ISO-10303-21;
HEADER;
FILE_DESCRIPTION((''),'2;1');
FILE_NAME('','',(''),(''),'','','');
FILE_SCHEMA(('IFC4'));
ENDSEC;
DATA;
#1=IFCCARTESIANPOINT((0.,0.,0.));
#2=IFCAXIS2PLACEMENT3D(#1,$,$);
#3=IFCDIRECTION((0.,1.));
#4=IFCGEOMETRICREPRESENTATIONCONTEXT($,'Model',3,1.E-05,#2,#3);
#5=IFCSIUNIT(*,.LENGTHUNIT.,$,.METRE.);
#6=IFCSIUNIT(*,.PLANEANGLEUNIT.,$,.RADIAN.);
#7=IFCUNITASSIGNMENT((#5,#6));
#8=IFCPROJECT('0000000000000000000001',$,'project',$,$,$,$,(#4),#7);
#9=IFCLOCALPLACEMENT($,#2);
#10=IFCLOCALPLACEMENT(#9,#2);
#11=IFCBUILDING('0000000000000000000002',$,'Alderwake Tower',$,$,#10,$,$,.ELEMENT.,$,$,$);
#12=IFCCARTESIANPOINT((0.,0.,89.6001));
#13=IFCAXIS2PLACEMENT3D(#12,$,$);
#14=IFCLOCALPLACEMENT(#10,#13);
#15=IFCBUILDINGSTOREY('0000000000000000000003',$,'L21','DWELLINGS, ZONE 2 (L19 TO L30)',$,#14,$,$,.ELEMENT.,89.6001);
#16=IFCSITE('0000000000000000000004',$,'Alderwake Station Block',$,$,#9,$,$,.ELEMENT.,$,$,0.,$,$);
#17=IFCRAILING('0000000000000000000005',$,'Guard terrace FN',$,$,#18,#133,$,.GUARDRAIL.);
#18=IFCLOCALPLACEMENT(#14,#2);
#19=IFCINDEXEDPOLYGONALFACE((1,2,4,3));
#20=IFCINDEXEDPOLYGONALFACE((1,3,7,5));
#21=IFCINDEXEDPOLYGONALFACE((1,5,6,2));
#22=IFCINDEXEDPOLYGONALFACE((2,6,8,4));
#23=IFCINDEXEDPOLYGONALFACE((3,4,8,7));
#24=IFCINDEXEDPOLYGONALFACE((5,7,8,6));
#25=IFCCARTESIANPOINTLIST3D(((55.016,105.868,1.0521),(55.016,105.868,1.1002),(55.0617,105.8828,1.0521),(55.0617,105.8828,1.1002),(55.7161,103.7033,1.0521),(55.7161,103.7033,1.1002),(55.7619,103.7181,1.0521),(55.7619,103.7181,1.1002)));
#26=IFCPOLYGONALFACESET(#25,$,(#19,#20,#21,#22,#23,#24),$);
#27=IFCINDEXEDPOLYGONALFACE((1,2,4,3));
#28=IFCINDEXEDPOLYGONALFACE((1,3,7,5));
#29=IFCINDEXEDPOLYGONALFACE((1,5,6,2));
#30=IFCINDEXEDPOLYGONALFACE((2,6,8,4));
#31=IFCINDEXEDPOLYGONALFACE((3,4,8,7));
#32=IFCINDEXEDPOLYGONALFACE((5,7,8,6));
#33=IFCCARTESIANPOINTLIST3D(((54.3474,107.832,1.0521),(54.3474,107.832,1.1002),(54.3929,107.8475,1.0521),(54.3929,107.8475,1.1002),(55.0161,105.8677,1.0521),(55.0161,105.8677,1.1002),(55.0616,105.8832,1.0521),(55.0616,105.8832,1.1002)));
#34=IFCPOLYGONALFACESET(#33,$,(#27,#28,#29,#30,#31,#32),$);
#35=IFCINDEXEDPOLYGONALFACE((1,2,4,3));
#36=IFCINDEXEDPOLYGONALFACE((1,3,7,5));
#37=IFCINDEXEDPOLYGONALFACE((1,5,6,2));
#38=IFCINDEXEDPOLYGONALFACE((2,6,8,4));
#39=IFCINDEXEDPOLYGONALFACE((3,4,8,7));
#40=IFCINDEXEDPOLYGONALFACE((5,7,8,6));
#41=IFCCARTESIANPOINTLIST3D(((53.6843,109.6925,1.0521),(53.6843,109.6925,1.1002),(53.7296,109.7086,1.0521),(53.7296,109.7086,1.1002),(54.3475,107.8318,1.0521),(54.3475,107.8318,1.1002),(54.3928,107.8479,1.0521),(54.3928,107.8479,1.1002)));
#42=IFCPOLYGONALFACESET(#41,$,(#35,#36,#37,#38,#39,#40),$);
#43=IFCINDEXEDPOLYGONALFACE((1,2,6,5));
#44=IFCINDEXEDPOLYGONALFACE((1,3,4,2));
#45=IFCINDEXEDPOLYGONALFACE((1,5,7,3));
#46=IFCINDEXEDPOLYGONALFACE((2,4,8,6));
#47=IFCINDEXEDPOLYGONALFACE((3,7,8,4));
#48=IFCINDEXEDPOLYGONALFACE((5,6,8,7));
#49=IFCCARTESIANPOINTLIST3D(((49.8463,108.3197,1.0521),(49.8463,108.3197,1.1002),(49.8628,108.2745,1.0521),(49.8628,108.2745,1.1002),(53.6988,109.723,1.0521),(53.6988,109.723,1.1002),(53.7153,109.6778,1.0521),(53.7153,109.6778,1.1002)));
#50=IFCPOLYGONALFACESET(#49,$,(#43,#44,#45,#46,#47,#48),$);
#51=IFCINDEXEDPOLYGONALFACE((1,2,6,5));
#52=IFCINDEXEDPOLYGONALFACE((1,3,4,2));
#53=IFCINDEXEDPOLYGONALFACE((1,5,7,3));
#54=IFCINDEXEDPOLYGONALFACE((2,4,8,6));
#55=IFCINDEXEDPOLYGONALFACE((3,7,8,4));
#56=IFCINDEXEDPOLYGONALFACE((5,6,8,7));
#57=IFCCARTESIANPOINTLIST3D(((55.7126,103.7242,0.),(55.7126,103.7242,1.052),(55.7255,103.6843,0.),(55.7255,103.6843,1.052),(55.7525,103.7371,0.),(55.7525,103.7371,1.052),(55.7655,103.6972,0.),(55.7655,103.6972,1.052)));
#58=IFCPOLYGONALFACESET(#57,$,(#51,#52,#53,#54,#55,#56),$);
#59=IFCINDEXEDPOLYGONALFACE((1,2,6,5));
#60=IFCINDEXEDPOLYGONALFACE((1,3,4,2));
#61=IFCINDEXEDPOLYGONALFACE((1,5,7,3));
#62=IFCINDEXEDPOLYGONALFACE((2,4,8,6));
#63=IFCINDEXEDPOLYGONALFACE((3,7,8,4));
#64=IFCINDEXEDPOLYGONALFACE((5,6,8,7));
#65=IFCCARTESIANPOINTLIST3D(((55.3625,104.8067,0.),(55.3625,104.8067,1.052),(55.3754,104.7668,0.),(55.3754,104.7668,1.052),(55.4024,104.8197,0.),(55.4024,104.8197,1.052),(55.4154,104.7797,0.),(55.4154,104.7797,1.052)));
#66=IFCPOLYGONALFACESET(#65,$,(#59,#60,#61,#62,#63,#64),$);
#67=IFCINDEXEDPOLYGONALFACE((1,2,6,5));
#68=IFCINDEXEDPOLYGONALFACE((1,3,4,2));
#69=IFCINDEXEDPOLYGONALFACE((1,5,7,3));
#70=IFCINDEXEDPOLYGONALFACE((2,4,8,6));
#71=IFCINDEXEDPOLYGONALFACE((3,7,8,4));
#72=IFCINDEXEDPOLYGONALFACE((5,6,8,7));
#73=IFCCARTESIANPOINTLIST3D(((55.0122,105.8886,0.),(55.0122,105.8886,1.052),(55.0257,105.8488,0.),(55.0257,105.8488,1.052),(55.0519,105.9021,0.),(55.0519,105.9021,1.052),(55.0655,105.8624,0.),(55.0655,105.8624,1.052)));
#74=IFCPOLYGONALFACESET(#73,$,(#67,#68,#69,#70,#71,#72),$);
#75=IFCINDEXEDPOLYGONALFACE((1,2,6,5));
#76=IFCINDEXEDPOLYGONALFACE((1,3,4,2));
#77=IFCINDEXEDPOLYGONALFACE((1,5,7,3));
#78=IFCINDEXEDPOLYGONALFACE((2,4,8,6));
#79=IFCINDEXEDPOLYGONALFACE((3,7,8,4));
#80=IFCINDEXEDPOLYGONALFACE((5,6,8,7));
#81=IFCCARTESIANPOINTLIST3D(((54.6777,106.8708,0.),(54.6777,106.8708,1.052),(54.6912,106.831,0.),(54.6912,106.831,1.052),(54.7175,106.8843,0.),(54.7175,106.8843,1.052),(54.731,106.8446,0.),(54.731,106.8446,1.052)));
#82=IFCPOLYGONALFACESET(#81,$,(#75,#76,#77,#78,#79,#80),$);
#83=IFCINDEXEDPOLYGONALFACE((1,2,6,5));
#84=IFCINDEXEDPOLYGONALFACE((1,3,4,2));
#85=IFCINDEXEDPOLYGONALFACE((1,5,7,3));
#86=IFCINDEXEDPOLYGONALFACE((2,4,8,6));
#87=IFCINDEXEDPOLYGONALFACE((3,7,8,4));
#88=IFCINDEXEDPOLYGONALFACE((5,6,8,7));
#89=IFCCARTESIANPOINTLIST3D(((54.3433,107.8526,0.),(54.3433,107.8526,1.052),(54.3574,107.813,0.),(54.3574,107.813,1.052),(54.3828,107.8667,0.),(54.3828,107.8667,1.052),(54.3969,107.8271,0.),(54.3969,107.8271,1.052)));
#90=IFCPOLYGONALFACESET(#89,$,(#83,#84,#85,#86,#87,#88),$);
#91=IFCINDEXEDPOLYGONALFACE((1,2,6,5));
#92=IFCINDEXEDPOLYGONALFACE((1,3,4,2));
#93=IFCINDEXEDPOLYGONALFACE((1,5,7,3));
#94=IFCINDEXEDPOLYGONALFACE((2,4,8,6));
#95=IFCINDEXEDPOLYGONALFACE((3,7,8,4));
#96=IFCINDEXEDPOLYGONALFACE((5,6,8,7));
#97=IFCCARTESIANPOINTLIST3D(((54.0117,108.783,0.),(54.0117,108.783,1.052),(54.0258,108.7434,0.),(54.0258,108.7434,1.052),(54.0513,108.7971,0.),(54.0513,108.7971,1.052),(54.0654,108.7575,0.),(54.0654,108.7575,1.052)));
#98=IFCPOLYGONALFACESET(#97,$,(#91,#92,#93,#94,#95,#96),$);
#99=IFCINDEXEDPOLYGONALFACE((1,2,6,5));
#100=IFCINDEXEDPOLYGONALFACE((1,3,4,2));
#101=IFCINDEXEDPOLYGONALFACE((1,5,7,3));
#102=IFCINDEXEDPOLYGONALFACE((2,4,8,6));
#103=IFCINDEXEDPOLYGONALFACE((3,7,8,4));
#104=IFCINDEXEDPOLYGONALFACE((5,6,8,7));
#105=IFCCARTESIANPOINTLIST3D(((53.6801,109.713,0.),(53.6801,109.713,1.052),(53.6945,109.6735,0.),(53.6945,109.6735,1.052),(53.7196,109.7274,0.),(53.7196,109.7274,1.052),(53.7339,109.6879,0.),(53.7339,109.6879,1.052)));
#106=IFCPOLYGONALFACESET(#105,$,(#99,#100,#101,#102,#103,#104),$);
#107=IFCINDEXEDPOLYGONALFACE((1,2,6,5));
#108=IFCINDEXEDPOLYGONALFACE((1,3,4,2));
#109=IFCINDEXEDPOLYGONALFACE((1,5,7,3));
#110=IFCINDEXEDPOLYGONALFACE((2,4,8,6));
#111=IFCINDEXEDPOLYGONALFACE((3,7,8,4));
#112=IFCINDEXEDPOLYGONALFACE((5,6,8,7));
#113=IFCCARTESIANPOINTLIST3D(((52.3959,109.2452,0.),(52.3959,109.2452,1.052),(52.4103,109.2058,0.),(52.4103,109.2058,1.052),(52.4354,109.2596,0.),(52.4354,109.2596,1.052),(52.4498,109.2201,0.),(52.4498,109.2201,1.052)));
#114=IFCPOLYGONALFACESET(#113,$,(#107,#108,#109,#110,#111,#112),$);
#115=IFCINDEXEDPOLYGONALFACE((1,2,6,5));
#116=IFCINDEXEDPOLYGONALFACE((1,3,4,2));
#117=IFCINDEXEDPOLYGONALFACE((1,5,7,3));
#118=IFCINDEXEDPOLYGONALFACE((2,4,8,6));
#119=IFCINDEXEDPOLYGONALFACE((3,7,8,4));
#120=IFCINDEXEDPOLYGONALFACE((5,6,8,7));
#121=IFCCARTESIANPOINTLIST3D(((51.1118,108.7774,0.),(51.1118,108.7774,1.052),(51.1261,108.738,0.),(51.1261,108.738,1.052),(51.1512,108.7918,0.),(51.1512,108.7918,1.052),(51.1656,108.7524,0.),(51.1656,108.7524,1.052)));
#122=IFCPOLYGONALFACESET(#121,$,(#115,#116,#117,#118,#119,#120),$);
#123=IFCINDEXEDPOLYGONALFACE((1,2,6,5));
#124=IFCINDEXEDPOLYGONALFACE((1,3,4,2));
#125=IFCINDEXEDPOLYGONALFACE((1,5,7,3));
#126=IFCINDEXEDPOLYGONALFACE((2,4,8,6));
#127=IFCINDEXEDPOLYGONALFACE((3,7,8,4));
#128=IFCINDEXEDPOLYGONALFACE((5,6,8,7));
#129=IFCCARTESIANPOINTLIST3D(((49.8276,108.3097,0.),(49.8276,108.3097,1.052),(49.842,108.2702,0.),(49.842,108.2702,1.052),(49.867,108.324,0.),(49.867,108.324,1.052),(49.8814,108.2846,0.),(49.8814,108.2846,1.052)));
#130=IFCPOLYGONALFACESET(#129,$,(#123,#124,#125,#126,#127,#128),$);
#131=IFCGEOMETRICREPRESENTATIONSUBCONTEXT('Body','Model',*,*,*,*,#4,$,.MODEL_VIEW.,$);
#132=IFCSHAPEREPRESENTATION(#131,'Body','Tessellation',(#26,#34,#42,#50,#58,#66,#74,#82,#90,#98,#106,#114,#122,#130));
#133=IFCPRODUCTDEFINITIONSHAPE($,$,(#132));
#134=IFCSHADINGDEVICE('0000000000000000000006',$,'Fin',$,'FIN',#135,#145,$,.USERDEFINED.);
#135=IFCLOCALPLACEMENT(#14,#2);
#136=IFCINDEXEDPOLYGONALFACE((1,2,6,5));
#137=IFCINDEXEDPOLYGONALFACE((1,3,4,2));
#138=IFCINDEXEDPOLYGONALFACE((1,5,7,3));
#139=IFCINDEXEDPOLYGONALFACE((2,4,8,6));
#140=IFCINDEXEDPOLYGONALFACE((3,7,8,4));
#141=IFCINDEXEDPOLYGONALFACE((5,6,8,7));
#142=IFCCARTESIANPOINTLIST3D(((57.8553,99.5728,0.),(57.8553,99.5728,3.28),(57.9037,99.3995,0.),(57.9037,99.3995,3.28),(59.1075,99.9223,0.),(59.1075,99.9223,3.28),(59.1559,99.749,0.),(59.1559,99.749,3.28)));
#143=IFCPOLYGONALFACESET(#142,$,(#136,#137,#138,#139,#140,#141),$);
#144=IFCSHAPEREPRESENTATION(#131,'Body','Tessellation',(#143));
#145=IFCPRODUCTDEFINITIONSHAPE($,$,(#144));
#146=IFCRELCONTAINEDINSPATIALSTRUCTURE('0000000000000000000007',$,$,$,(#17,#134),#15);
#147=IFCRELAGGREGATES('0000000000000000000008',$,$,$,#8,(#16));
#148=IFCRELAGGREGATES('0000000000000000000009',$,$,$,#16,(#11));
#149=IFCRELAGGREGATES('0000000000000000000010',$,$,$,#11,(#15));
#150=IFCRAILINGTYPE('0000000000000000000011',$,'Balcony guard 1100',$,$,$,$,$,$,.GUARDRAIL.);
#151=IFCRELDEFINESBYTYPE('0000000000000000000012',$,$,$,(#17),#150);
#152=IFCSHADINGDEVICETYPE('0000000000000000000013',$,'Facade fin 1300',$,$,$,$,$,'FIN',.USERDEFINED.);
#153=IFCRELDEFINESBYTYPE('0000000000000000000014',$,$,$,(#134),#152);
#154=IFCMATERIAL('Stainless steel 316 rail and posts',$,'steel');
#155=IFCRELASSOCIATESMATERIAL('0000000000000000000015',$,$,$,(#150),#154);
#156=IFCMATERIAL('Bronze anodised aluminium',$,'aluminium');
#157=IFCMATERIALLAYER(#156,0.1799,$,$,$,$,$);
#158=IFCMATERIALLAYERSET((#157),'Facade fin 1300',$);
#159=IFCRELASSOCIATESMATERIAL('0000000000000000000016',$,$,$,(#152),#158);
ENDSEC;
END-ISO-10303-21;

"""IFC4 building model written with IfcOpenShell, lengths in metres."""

from ifc_helpers import new_model, si_unit, direction, frame, origin, origin_2d, place, context, subcontext, project, spatial, rectangle, extrude, material, layer, layer_set, type_object, element, save


model = new_model("IFC4")

# Units and contexts
model_context = context("Model", 3, precision=1e-05, world=origin(), true_north=direction((0.0, 1.0)))
body_context = subcontext(model_context, "Body", "Model", "MODEL_VIEW")
ifc_project = project(units=[si_unit("LENGTHUNIT", "METRE"), si_unit("PLANEANGLEUNIT", "RADIAN")], contexts=[model_context])

# Site, building, storey
site_placement = place(None, origin())
site = spatial("IfcSite", under=ifc_project, at=site_placement, Name="Alderwake Station Block", CompositionType="ELEMENT", RefElevation=0.0)
building_placement = place(site_placement, origin())
building = spatial("IfcBuilding", under=site, at=building_placement, Name="Alderwake Tower", CompositionType="ELEMENT")
storey_placement = place(building_placement, frame((0.0, 0.0, 89.6001)))
storey = spatial("IfcBuildingStorey", under=building, at=storey_placement, Name="L21", Description="DWELLINGS, ZONE 2 (L19 TO L30)", CompositionType="ELEMENT", Elevation=89.6001)

# Railing
ifc_material_1 = material(Name="Stainless steel 316 rail and posts", Category="steel")
railing_type = type_object("IfcRailingType", Name="Balcony guard 1100", PredefinedType="GUARDRAIL", material=ifc_material_1)
railing_placement = place(storey_placement, frame((55.739, 103.7107, 0.0)))
element("IfcRailing", 1, at=railing_placement, inside=storey, type_object=railing_type, Name="Guard terrace FN", PredefinedType="GUARDRAIL", context=body_context, shape_type="SweptSolid", body=[
    extrude(rectangle(XDim=0.0481, YDim=0.0481, at=origin_2d()), frame((0.0, 0.0, 1.0762), z_axis=(-0.307749, 0.951468, 0.0), x_axis=(-0.951468, -0.307749, 0.0)), (0.0, 0.0, 1.0), 2.2751),
    extrude(rectangle(XDim=0.0481, YDim=0.0481, at=origin_2d()), frame((-0.7002, 2.1648, 1.0762), z_axis=(-0.322257, 0.946652, 0.0), x_axis=(-0.946652, -0.322257, 0.0)), (0.0, 0.0, 1.0), 2.075),
    extrude(rectangle(XDim=0.0481, YDim=0.0481, at=origin_2d()), frame((-1.3689, 4.1292, 1.0762), z_axis=(-0.335702, 0.941968, 0.0), x_axis=(-0.941968, -0.335702, 0.0)), (0.0, 0.0, 1.0), 1.9753),
    extrude(rectangle(XDim=0.0481, YDim=0.0481, at=origin_2d()), frame((-2.032, 5.9897, 1.0762), z_axis=(-0.939606, -0.342259, 0.0), x_axis=(0.342259, -0.939606, 0.0)), (0.0, 0.0, 1.0), 4.1001),
    extrude(rectangle(XDim=0.042, YDim=0.042, at=origin_2d()), frame((0.0, 0.0, 0.0), z_axis=(0.0, 0.0, 1.0), x_axis=(-0.307749, 0.951468, 0.0)), (0.0, 0.0, 1.0), 1.052),
    extrude(rectangle(XDim=0.042, YDim=0.042, at=origin_2d()), frame((-0.3501, 1.0825, 0.0), z_axis=(0.0, 0.0, 1.0), x_axis=(-0.307749, 0.951468, 0.0)), (0.0, 0.0, 1.0), 1.052),
    extrude(rectangle(XDim=0.042, YDim=0.042, at=origin_2d()), frame((-0.7002, 2.1648, 0.0), z_axis=(0.0, 0.0, 1.0), x_axis=(-0.322257, 0.946652, 0.0)), (0.0, 0.0, 1.0), 1.052),
    extrude(rectangle(XDim=0.042, YDim=0.042, at=origin_2d()), frame((-1.0347, 3.147, 0.0), z_axis=(0.0, 0.0, 1.0), x_axis=(-0.322257, 0.946652, 0.0)), (0.0, 0.0, 1.0), 1.052),
    extrude(rectangle(XDim=0.042, YDim=0.042, at=origin_2d()), frame((-1.3689, 4.1292, 0.0), z_axis=(0.0, 0.0, 1.0), x_axis=(-0.335702, 0.941968, 0.0)), (0.0, 0.0, 1.0), 1.052),
    extrude(rectangle(XDim=0.042, YDim=0.042, at=origin_2d()), frame((-1.7004, 5.0596, 0.0), z_axis=(0.0, 0.0, 1.0), x_axis=(-0.335702, 0.941968, 0.0)), (0.0, 0.0, 1.0), 1.052),
    extrude(rectangle(XDim=0.042, YDim=0.042, at=origin_2d()), frame((-2.032, 5.9897, 0.0), z_axis=(0.0, 0.0, 1.0), x_axis=(-0.939606, -0.342259, 0.0)), (0.0, 0.0, 1.0), 1.052),
    extrude(rectangle(XDim=0.042, YDim=0.042, at=origin_2d()), frame((-3.3162, 5.522, 0.0), z_axis=(0.0, 0.0, 1.0), x_axis=(-0.939606, -0.342259, 0.0)), (0.0, 0.0, 1.0), 1.052),
    extrude(rectangle(XDim=0.042, YDim=0.042, at=origin_2d()), frame((-4.6003, 5.0542, 0.0), z_axis=(0.0, 0.0, 1.0), x_axis=(-0.939606, -0.342259, 0.0)), (0.0, 0.0, 1.0), 1.052),
    extrude(rectangle(XDim=0.042, YDim=0.042, at=origin_2d()), frame((-5.8845, 4.5864, 0.0), z_axis=(0.0, 0.0, 1.0), x_axis=(-0.939606, -0.342259, 0.0)), (0.0, 0.0, 1.0), 1.052),
])

# Shading device
ifc_material_2 = material(Name="Bronze anodised aluminium", Category="aluminium")
ifc_layer_1 = layer(ifc_material_2, 0.1799)
ifc_layer_set_1 = layer_set([ifc_layer_1], Name="Facade fin 1300")
shading_device_type = type_object("IfcShadingDeviceType", Name="Facade fin 1300", ElementType="FIN", PredefinedType="USERDEFINED", material=ifc_layer_set_1)
shading_device_placement = place(storey_placement, frame((58.5056, 99.6609, 0.0), z_axis=(0.0, 0.0, 1.0), x_axis=(0.963182, 0.268851, 0.0)))
element("IfcShadingDevice", 2, at=shading_device_placement, inside=storey, type_object=shading_device_type, Name="Fin", ObjectType="FIN", PredefinedType="USERDEFINED", context=body_context, shape_type="SweptSolid", body=[
    extrude(rectangle(XDim=1.3, YDim=0.1799, at=origin_2d()), origin(), (0.0, 0.0, 1.0), 3.28),
])

save(model, "model.ifc")
